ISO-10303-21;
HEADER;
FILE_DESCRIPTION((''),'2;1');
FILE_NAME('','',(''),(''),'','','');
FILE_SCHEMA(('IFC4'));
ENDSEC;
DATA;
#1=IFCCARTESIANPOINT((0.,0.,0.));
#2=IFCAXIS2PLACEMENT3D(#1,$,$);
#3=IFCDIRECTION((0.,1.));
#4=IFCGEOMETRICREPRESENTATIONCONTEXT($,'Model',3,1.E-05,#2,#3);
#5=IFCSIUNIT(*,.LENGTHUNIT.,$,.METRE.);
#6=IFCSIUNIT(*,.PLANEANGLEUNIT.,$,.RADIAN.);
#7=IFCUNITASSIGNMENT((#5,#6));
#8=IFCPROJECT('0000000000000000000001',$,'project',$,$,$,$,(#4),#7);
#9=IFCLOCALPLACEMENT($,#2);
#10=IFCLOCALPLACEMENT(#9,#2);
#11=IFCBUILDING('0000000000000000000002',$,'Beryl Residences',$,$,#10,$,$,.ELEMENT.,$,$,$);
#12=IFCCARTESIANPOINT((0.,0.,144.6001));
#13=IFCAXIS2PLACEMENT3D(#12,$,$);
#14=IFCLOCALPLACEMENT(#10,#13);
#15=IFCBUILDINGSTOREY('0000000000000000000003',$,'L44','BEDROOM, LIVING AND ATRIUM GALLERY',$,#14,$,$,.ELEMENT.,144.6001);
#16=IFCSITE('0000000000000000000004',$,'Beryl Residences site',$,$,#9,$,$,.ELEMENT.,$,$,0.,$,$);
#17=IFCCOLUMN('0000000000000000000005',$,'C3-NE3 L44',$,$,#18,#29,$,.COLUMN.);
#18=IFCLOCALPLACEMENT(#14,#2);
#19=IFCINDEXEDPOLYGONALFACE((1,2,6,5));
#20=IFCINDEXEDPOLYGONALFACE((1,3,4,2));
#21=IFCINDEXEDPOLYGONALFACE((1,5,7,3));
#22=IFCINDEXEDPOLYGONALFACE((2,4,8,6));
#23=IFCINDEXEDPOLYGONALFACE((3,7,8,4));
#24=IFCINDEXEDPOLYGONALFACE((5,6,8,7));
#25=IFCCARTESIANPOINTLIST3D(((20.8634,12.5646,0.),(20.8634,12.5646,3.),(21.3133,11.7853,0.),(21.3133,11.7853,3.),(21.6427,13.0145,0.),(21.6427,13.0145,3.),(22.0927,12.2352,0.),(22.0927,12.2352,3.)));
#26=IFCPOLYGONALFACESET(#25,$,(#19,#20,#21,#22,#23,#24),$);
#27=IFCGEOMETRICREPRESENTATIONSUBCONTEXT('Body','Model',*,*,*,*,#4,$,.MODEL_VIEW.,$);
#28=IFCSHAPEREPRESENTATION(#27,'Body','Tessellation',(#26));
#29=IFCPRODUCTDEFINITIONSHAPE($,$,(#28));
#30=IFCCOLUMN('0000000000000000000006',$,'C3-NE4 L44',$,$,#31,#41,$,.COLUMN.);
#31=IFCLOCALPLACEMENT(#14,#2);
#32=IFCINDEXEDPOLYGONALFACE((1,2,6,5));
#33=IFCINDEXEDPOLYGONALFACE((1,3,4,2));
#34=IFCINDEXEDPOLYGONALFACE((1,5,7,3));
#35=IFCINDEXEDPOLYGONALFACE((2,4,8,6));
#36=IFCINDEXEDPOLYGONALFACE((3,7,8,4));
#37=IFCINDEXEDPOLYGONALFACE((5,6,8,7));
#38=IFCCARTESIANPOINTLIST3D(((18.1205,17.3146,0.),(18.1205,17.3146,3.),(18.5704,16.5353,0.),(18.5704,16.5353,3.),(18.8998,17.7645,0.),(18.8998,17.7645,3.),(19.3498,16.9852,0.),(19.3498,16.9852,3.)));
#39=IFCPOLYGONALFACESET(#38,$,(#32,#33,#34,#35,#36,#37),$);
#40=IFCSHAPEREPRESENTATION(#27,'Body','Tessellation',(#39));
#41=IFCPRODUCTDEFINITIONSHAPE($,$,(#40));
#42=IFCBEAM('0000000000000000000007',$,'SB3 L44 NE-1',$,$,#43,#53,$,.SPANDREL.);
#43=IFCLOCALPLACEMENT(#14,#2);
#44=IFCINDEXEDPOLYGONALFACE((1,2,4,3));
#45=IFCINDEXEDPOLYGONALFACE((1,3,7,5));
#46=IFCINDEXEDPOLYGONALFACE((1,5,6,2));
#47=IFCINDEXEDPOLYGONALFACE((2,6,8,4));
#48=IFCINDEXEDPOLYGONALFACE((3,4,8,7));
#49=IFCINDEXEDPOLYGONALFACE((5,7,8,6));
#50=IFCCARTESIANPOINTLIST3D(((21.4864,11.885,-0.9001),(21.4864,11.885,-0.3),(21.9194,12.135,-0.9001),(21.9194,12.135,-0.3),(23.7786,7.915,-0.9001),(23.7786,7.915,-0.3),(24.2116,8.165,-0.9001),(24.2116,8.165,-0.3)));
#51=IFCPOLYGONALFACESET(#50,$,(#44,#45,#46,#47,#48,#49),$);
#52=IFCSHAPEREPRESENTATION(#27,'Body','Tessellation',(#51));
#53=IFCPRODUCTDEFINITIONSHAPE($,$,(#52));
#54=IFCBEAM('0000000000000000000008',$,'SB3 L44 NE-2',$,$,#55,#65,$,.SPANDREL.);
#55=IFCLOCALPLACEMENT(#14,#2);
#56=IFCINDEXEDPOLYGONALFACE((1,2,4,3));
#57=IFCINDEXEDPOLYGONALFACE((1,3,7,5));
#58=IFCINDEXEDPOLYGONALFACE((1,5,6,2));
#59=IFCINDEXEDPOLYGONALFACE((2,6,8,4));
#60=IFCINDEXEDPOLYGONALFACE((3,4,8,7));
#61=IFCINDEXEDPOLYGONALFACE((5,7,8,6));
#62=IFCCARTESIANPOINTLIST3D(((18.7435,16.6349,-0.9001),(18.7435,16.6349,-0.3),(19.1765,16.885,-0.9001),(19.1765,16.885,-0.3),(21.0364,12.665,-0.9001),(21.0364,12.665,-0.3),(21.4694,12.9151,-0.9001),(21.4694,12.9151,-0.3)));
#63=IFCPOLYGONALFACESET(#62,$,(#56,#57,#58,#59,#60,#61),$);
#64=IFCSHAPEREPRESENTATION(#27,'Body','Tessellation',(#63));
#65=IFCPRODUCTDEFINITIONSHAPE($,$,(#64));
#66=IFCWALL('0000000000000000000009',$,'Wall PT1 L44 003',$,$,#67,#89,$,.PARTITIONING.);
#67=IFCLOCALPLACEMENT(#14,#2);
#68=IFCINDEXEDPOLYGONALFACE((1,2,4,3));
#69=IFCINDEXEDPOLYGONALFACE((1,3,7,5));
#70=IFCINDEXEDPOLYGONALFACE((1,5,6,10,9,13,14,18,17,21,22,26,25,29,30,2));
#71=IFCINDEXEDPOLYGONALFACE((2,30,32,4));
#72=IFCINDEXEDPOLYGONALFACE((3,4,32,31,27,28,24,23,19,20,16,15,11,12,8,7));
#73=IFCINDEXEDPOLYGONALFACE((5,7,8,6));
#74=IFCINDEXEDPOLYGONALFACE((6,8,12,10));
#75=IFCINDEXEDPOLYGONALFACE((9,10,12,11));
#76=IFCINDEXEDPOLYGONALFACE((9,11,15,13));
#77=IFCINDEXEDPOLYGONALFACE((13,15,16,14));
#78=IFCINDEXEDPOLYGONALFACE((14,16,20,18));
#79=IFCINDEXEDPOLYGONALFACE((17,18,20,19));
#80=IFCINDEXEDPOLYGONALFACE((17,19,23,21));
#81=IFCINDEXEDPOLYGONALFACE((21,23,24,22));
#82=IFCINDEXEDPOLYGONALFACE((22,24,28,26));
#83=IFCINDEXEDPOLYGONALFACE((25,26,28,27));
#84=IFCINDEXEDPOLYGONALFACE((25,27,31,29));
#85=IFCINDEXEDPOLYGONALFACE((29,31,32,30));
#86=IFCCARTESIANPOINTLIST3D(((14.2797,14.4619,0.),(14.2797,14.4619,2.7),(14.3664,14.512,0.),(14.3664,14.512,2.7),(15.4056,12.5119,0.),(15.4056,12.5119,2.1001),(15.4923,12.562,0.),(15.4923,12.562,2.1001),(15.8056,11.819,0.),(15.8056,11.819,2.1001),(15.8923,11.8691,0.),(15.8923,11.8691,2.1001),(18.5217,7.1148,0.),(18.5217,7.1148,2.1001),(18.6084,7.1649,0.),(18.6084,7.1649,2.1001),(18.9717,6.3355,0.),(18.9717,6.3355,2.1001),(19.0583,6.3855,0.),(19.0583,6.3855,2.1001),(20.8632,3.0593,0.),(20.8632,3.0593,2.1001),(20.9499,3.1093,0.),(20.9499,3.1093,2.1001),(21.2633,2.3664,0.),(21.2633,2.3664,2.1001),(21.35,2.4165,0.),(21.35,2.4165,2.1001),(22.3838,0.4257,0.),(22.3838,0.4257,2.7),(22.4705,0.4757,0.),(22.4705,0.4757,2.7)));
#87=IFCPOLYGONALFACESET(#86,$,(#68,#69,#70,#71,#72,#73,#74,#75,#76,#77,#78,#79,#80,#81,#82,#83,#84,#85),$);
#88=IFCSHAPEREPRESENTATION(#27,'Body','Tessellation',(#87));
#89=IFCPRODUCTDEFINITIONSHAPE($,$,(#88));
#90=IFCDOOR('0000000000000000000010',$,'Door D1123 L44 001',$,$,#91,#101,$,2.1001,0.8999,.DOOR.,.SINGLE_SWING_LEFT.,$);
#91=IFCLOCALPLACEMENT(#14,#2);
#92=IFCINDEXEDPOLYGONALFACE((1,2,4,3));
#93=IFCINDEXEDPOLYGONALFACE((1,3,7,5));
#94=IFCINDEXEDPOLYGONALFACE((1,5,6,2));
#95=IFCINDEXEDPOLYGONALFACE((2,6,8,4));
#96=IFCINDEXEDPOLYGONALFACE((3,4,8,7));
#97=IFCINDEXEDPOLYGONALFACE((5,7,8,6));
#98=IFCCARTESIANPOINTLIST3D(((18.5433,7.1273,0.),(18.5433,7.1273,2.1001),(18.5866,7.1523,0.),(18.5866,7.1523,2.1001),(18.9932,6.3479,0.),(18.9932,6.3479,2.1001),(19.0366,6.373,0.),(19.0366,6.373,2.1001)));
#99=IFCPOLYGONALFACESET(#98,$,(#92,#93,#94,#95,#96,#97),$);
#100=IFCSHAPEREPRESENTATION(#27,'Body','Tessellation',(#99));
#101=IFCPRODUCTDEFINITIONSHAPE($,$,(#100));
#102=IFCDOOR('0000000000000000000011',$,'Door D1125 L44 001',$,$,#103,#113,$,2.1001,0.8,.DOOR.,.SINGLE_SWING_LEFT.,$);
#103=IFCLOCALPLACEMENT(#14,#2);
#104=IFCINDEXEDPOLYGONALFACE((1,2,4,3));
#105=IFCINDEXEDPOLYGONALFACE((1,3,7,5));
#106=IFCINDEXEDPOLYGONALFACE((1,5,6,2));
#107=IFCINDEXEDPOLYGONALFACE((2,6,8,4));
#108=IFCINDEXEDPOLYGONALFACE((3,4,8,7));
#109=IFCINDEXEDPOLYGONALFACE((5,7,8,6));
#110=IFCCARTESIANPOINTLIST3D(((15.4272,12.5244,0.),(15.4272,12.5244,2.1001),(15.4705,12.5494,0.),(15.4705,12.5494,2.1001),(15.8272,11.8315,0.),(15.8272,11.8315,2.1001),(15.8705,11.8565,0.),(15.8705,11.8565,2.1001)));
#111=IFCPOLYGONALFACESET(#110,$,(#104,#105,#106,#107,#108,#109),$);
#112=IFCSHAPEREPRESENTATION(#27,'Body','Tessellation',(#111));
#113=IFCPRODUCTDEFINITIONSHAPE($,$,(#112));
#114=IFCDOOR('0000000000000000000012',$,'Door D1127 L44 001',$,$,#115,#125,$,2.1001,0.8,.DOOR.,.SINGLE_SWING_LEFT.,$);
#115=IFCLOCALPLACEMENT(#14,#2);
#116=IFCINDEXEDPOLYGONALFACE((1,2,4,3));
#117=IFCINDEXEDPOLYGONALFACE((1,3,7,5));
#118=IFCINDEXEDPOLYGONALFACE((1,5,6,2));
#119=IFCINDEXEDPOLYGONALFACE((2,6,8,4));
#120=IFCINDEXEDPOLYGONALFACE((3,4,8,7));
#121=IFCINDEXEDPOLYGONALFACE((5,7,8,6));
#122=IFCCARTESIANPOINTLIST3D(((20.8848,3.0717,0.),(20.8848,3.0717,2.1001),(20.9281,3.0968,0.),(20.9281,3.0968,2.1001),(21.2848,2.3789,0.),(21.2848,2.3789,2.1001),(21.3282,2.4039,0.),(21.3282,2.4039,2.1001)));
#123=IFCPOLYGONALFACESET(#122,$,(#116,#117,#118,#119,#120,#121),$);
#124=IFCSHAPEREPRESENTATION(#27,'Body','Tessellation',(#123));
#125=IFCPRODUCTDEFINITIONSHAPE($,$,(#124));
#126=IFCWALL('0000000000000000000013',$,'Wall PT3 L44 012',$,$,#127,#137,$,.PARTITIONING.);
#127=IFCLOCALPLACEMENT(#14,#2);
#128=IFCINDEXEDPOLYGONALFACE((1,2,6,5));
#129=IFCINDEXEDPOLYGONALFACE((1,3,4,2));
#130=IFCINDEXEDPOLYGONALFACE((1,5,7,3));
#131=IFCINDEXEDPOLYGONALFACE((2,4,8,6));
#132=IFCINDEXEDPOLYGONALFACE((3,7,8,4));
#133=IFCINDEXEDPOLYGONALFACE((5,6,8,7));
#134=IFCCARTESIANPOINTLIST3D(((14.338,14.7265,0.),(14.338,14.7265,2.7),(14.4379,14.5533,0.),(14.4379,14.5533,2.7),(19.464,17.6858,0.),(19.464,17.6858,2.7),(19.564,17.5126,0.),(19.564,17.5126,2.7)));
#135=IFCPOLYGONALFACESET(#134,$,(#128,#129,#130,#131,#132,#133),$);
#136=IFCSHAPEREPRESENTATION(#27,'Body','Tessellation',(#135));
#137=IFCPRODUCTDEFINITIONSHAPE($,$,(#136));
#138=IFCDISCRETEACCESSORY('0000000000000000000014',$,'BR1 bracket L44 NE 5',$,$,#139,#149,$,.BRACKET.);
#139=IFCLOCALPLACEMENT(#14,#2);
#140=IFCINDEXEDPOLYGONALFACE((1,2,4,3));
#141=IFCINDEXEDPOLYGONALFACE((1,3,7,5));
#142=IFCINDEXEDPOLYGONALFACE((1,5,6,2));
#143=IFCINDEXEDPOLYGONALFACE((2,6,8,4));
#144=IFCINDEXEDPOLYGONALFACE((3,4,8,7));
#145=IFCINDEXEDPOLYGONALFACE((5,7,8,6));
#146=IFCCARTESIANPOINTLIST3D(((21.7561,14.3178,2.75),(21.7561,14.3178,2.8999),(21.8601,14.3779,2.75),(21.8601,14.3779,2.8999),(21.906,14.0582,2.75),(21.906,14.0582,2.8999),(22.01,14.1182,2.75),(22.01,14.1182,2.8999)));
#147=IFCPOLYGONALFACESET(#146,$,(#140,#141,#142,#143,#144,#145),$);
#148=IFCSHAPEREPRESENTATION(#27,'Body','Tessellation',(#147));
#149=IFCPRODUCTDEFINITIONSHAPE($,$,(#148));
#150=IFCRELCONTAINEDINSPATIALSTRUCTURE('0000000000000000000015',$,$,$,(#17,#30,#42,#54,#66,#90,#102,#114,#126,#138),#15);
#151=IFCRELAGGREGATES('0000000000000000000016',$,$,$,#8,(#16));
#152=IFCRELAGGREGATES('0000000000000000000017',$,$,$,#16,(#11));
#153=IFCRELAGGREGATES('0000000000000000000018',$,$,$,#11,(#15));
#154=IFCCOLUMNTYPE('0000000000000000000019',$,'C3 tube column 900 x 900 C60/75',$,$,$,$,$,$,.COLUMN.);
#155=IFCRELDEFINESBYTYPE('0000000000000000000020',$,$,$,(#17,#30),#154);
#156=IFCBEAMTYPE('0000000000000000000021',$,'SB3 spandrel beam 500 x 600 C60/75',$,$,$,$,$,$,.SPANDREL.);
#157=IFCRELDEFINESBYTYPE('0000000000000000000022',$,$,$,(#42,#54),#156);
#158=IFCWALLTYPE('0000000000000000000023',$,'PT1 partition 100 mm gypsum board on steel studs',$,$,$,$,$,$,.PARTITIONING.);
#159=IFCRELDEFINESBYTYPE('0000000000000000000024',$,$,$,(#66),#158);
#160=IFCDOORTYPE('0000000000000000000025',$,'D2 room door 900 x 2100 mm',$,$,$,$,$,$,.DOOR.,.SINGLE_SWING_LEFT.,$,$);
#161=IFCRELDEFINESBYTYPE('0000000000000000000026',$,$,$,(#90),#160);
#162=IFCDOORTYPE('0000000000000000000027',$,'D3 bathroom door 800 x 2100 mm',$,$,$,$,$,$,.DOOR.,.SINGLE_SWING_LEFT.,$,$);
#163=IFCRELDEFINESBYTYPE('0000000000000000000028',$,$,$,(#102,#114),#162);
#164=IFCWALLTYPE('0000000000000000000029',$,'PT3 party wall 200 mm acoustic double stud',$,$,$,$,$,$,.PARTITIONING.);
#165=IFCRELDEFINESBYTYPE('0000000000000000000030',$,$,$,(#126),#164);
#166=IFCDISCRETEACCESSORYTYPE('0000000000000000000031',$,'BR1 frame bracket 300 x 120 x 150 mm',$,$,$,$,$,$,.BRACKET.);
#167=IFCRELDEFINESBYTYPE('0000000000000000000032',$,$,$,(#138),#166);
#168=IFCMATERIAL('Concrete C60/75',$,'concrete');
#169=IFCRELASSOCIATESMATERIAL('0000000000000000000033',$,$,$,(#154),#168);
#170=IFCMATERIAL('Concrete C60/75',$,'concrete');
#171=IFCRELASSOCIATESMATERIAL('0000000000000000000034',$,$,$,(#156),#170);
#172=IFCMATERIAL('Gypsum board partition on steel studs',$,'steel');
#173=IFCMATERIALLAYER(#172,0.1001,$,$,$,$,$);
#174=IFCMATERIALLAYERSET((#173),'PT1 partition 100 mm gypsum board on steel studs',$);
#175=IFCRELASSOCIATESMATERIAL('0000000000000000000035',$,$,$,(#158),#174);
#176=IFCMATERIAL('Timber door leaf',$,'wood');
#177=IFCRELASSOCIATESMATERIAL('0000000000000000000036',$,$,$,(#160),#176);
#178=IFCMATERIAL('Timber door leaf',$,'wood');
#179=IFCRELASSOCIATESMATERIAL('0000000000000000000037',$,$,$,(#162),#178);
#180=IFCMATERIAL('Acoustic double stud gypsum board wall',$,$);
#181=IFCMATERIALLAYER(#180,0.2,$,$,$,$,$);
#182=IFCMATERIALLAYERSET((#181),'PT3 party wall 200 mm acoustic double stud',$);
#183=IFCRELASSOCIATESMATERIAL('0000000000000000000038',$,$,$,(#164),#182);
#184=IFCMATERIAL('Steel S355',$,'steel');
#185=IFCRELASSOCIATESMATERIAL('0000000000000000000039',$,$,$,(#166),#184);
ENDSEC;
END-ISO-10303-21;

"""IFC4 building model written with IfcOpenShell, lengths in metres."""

from ifc_helpers import new_model, si_unit, direction, frame, frame_2d, origin, origin_2d, place, context, subcontext, project, spatial, polyline, rectangle, outline, extrude, source, transform, mapped, material, layer, layer_set, material_profile, profile_set, type_object, type_shapes, element, fill, save


model = new_model("IFC4")

# Units and contexts
model_context = context("Model", 3, precision=1e-05, world=origin(), true_north=direction((0.0, 1.0)))
body_context = subcontext(model_context, "Body", "Model", "MODEL_VIEW")
ifc_project = project(units=[si_unit("LENGTHUNIT", "METRE"), si_unit("PLANEANGLEUNIT", "RADIAN")], contexts=[model_context])

# Site, building, storey
site_placement = place(None, origin())
site = spatial("IfcSite", under=ifc_project, at=site_placement, Name="Beryl Residences site", CompositionType="ELEMENT", RefElevation=0.0)
building_placement = place(site_placement, origin())
building = spatial("IfcBuilding", under=site, at=building_placement, Name="Beryl Residences", CompositionType="ELEMENT")
storey_placement = place(building_placement, frame((0.0, 0.0, 144.6001)))
storey = spatial("IfcBuildingStorey", under=building, at=storey_placement, Name="L44", Description="BEDROOM, LIVING AND ATRIUM GALLERY", CompositionType="ELEMENT", Elevation=144.6001)

# Columns
ifc_material_1 = material(Name="Concrete C60/75", Category="concrete")
ifc_material_profile_1 = material_profile(ifc_material_1, rectangle(XDim=0.8999, YDim=0.8999, at=origin_2d()))
ifc_profile_set_1 = profile_set([ifc_material_profile_1], Name="Concrete C60/75")
column_type = type_object("IfcColumnType", Name="C3 tube column 900 x 900 C60/75", PredefinedType="COLUMN", material=ifc_profile_set_1)
for number, where, z_axis, x_axis, name in (
    (1, (21.478, 12.3999, 0.0), (0.0, 0.0, 1.0), (-0.5, 0.866025, 0.0), "C3-NE3 L44"),
    (2, (18.7351, 17.1499, 0.0), (0.0, 0.0, 1.0), (-0.5, 0.866025, 0.0), "C3-NE4 L44"),
):
    element("IfcColumn", number, at=place(storey_placement, frame(where, z_axis=z_axis, x_axis=x_axis)), inside=storey, type_object=column_type, Name=name, PredefinedType="COLUMN", context=body_context, shape_type="SweptSolid", body=[
        extrude(rectangle(XDim=0.8999, YDim=0.8999, at=origin_2d()), origin(), (0.0, 0.0, 1.0), 3.0),
    ])

# Beams
ifc_material_2 = material(Name="Concrete C60/75", Category="concrete")
ifc_material_profile_2 = material_profile(ifc_material_2, rectangle(XDim=0.5, YDim=0.6001, at=origin_2d()))
ifc_profile_set_2 = profile_set([ifc_material_profile_2], Name="Concrete C60/75")
beam_type = type_object("IfcBeamType", Name="SB3 spandrel beam 500 x 600 C60/75", PredefinedType="SPANDREL", material=ifc_profile_set_2)
beam_1_placement = place(storey_placement, frame((23.9951, 8.04, -0.6001), z_axis=(-0.500028, 0.866009, 0.0), x_axis=(-0.866009, -0.500028, 0.0)))
element("IfcBeam", 3, at=beam_1_placement, inside=storey, type_object=beam_type, Name="SB3 L44 NE-1", PredefinedType="SPANDREL", context=body_context, shape_type="SweptSolid", body=[
    extrude(rectangle(XDim=0.5, YDim=0.6001, at=origin_2d()), origin(), (0.0, 0.0, 1.0), 4.5842),
])
beam_2_placement = place(storey_placement, frame((21.2529, 12.79, -0.6001), z_axis=(-0.500148, 0.86594, 0.0), x_axis=(-0.86594, -0.500148, 0.0)))
element("IfcBeam", 4, at=beam_2_placement, inside=storey, type_object=beam_type, Name="SB3 L44 NE-2", PredefinedType="SPANDREL", context=body_context, shape_type="SweptSolid", body=[
    extrude(rectangle(XDim=0.5, YDim=0.6001, at=origin_2d()), origin(), (0.0, 0.0, 1.0), 4.5845),
])

# Wall, openings, doors
ifc_material_3 = material(Name="Gypsum board partition on steel studs", Category="steel")
ifc_layer_1 = layer(ifc_material_3, 0.1001)
ifc_layer_set_1 = layer_set([ifc_layer_1], Name="PT1 partition 100 mm gypsum board on steel studs")
wall_type_1 = type_object("IfcWallType", Name="PT1 partition 100 mm gypsum board on steel studs", PredefinedType="PARTITIONING", material=ifc_layer_set_1)
wall_1_placement = place(storey_placement, frame((14.323, 14.4871, 0.0), z_axis=(0.0, 0.0, 1.0), x_axis=(0.500011, -0.866019, 0.0)))
wall_1 = element("IfcWall", 5, at=wall_1_placement, inside=storey, type_object=wall_type_1, Name="Wall PT1 L44 003", PredefinedType="PARTITIONING", context=body_context, shape_type="SweptSolid", body=[
    extrude(rectangle(XDim=16.2078, YDim=0.1001, at=frame_2d((8.104, 0.0))), origin(), (0.0, 0.0, 1.0), 2.7),
])
opening_1_placement = place(wall_1_placement, frame((8.4839, 0.0, 0.0)))
opening_1 = element("IfcOpeningElement", 6, at=opening_1_placement, cuts=wall_1, PredefinedType="OPENING", context=body_context, shape_type="SweptSolid", body=[
    extrude(rectangle(XDim=0.8999, YDim=2.1001, at=frame_2d((0.45, 1.05))), frame((0.0, 0.0601, 0.0), z_axis=(0.0, -1.0, 0.0), x_axis=(1.0, 0.0, 0.0)), (0.0, 0.0, 1.0), 0.1201),
])
opening_2_placement = place(wall_1_placement, frame((2.252, 0.0, 0.0)))
opening_2 = element("IfcOpeningElement", 7, at=opening_2_placement, cuts=wall_1, PredefinedType="OPENING", context=body_context, shape_type="SweptSolid", body=[
    extrude(rectangle(XDim=0.8, YDim=2.1001, at=frame_2d((0.3999, 1.05))), frame((0.0, 0.0601, 0.0), z_axis=(0.0, -1.0, 0.0), x_axis=(1.0, 0.0, 0.0)), (0.0, 0.0, 1.0), 0.1201),
])
opening_3_placement = place(wall_1_placement, frame((13.167, 0.0, 0.0)))
opening_3 = element("IfcOpeningElement", 8, at=opening_3_placement, cuts=wall_1, PredefinedType="OPENING", context=body_context, shape_type="SweptSolid", body=[
    extrude(rectangle(XDim=0.8, YDim=2.1001, at=frame_2d((0.3999, 1.05))), frame((0.0, 0.0601, 0.0), z_axis=(0.0, -1.0, 0.0), x_axis=(1.0, 0.0, 0.0)), (0.0, 0.0, 1.0), 0.1201),
])
ifc_material_4 = material(Name="Timber door leaf", Category="wood")
door_type_1 = type_object("IfcDoorType", Name="D2 room door 900 x 2100 mm", OperationType="SINGLE_SWING_LEFT", PredefinedType="DOOR", material=ifc_material_4)
door_1_placement = place(opening_1_placement, origin())
door_1 = element("IfcDoor", 9, at=door_1_placement, inside=storey, type_object=door_type_1, Name="Door D1123 L44 001", OperationType="SINGLE_SWING_LEFT", OverallHeight=2.1001, OverallWidth=0.8999, PredefinedType="DOOR", context=body_context, shape_type="SweptSolid", body=[
    extrude(rectangle(XDim=0.8999, YDim=2.1001, at=frame_2d((0.45, 1.05))), frame((0.0, 0.0249, 0.0), z_axis=(0.0, -1.0, 0.0), x_axis=(1.0, 0.0, 0.0)), (0.0, 0.0, 1.0), 0.05),
])
fill(opening_1, door_1)
ifc_material_5 = material(Name="Timber door leaf", Category="wood")
door_type_2 = type_object("IfcDoorType", Name="D3 bathroom door 800 x 2100 mm", OperationType="SINGLE_SWING_LEFT", PredefinedType="DOOR", material=ifc_material_5)
door_2_placement = place(opening_2_placement, origin())
door_2 = element("IfcDoor", 10, at=door_2_placement, inside=storey, type_object=door_type_2, Name="Door D1125 L44 001", OperationType="SINGLE_SWING_LEFT", OverallHeight=2.1001, OverallWidth=0.8, PredefinedType="DOOR", context=body_context, shape_type="SweptSolid", body=[
    extrude(rectangle(XDim=0.8, YDim=2.1001, at=frame_2d((0.3999, 1.05))), frame((0.0, 0.0249, 0.0), z_axis=(0.0, -1.0, 0.0), x_axis=(1.0, 0.0, 0.0)), (0.0, 0.0, 1.0), 0.05),
])
fill(opening_2, door_2)
door_3_placement = place(opening_3_placement, origin())
door_3 = element("IfcDoor", 11, at=door_3_placement, inside=storey, type_object=door_type_2, Name="Door D1127 L44 001", OperationType="SINGLE_SWING_LEFT", OverallHeight=2.1001, OverallWidth=0.8, PredefinedType="DOOR", context=body_context, shape_type="SweptSolid", body=[
    extrude(rectangle(XDim=0.8, YDim=2.1001, at=frame_2d((0.3999, 1.05))), frame((0.0, 0.0249, 0.0), z_axis=(0.0, -1.0, 0.0), x_axis=(1.0, 0.0, 0.0)), (0.0, 0.0, 1.0), 0.05),
])
fill(opening_3, door_3)

# Wall
ifc_material_6 = material(Name="Acoustic double stud gypsum board wall")
ifc_layer_2 = layer(ifc_material_6, 0.2)
ifc_layer_set_2 = layer_set([ifc_layer_2], Name="PT3 party wall 200 mm acoustic double stud")
wall_type_2 = type_object("IfcWallType", Name="PT3 party wall 200 mm acoustic double stud", PredefinedType="PARTITIONING", material=ifc_layer_set_2)
wall_2_placement = place(storey_placement, frame((14.3879, 14.6399, 0.0), z_axis=(0.0, 0.0, 1.0), x_axis=(0.866044, 0.499968, 0.0)))
element("IfcWall", 12, at=wall_2_placement, inside=storey, type_object=wall_type_2, Name="Wall PT3 L44 012", PredefinedType="PARTITIONING", context=body_context, shape_type="SweptSolid", body=[
    extrude(rectangle(XDim=5.9189, YDim=0.2, at=frame_2d((2.9595, 0.0))), origin(), (0.0, 0.0, 1.0), 2.7),
])

# Discrete accessory
ifc_material_7 = material(Name="Steel S355", Category="steel")
discrete_accessory_type = type_object("IfcDiscreteAccessoryType", Name="BR1 frame bracket 300 x 120 x 150 mm", PredefinedType="BRACKET", material=ifc_material_7)
shared_shape_1 = source(origin(), body_context, "Body", "SweptSolid", [
    extrude(outline(polyline([(-0.1499, 0.0), (0.1499, 0.0), (0.1499, 0.1201), (-0.1499, 0.1201), (-0.1499, 0.0)])), origin(), (0.0, 0.0, 1.0), 0.1499),
])
type_shapes(discrete_accessory_type, [shared_shape_1])
discrete_accessory_placement = place(storey_placement, frame((21.8311, 14.188, 2.75), z_axis=(0.0, 0.0, 1.0), x_axis=(0.5, -0.866025, 0.0)))
element("IfcDiscreteAccessory", 13, at=discrete_accessory_placement, inside=storey, type_object=discrete_accessory_type, Name="BR1 bracket L44 NE 5", PredefinedType="BRACKET", context=body_context, shape_type="MappedRepresentation", body=[
    mapped(shared_shape_1, transform((0.0, 0.0, 0.0))),
])

save(model, "model.ifc")
